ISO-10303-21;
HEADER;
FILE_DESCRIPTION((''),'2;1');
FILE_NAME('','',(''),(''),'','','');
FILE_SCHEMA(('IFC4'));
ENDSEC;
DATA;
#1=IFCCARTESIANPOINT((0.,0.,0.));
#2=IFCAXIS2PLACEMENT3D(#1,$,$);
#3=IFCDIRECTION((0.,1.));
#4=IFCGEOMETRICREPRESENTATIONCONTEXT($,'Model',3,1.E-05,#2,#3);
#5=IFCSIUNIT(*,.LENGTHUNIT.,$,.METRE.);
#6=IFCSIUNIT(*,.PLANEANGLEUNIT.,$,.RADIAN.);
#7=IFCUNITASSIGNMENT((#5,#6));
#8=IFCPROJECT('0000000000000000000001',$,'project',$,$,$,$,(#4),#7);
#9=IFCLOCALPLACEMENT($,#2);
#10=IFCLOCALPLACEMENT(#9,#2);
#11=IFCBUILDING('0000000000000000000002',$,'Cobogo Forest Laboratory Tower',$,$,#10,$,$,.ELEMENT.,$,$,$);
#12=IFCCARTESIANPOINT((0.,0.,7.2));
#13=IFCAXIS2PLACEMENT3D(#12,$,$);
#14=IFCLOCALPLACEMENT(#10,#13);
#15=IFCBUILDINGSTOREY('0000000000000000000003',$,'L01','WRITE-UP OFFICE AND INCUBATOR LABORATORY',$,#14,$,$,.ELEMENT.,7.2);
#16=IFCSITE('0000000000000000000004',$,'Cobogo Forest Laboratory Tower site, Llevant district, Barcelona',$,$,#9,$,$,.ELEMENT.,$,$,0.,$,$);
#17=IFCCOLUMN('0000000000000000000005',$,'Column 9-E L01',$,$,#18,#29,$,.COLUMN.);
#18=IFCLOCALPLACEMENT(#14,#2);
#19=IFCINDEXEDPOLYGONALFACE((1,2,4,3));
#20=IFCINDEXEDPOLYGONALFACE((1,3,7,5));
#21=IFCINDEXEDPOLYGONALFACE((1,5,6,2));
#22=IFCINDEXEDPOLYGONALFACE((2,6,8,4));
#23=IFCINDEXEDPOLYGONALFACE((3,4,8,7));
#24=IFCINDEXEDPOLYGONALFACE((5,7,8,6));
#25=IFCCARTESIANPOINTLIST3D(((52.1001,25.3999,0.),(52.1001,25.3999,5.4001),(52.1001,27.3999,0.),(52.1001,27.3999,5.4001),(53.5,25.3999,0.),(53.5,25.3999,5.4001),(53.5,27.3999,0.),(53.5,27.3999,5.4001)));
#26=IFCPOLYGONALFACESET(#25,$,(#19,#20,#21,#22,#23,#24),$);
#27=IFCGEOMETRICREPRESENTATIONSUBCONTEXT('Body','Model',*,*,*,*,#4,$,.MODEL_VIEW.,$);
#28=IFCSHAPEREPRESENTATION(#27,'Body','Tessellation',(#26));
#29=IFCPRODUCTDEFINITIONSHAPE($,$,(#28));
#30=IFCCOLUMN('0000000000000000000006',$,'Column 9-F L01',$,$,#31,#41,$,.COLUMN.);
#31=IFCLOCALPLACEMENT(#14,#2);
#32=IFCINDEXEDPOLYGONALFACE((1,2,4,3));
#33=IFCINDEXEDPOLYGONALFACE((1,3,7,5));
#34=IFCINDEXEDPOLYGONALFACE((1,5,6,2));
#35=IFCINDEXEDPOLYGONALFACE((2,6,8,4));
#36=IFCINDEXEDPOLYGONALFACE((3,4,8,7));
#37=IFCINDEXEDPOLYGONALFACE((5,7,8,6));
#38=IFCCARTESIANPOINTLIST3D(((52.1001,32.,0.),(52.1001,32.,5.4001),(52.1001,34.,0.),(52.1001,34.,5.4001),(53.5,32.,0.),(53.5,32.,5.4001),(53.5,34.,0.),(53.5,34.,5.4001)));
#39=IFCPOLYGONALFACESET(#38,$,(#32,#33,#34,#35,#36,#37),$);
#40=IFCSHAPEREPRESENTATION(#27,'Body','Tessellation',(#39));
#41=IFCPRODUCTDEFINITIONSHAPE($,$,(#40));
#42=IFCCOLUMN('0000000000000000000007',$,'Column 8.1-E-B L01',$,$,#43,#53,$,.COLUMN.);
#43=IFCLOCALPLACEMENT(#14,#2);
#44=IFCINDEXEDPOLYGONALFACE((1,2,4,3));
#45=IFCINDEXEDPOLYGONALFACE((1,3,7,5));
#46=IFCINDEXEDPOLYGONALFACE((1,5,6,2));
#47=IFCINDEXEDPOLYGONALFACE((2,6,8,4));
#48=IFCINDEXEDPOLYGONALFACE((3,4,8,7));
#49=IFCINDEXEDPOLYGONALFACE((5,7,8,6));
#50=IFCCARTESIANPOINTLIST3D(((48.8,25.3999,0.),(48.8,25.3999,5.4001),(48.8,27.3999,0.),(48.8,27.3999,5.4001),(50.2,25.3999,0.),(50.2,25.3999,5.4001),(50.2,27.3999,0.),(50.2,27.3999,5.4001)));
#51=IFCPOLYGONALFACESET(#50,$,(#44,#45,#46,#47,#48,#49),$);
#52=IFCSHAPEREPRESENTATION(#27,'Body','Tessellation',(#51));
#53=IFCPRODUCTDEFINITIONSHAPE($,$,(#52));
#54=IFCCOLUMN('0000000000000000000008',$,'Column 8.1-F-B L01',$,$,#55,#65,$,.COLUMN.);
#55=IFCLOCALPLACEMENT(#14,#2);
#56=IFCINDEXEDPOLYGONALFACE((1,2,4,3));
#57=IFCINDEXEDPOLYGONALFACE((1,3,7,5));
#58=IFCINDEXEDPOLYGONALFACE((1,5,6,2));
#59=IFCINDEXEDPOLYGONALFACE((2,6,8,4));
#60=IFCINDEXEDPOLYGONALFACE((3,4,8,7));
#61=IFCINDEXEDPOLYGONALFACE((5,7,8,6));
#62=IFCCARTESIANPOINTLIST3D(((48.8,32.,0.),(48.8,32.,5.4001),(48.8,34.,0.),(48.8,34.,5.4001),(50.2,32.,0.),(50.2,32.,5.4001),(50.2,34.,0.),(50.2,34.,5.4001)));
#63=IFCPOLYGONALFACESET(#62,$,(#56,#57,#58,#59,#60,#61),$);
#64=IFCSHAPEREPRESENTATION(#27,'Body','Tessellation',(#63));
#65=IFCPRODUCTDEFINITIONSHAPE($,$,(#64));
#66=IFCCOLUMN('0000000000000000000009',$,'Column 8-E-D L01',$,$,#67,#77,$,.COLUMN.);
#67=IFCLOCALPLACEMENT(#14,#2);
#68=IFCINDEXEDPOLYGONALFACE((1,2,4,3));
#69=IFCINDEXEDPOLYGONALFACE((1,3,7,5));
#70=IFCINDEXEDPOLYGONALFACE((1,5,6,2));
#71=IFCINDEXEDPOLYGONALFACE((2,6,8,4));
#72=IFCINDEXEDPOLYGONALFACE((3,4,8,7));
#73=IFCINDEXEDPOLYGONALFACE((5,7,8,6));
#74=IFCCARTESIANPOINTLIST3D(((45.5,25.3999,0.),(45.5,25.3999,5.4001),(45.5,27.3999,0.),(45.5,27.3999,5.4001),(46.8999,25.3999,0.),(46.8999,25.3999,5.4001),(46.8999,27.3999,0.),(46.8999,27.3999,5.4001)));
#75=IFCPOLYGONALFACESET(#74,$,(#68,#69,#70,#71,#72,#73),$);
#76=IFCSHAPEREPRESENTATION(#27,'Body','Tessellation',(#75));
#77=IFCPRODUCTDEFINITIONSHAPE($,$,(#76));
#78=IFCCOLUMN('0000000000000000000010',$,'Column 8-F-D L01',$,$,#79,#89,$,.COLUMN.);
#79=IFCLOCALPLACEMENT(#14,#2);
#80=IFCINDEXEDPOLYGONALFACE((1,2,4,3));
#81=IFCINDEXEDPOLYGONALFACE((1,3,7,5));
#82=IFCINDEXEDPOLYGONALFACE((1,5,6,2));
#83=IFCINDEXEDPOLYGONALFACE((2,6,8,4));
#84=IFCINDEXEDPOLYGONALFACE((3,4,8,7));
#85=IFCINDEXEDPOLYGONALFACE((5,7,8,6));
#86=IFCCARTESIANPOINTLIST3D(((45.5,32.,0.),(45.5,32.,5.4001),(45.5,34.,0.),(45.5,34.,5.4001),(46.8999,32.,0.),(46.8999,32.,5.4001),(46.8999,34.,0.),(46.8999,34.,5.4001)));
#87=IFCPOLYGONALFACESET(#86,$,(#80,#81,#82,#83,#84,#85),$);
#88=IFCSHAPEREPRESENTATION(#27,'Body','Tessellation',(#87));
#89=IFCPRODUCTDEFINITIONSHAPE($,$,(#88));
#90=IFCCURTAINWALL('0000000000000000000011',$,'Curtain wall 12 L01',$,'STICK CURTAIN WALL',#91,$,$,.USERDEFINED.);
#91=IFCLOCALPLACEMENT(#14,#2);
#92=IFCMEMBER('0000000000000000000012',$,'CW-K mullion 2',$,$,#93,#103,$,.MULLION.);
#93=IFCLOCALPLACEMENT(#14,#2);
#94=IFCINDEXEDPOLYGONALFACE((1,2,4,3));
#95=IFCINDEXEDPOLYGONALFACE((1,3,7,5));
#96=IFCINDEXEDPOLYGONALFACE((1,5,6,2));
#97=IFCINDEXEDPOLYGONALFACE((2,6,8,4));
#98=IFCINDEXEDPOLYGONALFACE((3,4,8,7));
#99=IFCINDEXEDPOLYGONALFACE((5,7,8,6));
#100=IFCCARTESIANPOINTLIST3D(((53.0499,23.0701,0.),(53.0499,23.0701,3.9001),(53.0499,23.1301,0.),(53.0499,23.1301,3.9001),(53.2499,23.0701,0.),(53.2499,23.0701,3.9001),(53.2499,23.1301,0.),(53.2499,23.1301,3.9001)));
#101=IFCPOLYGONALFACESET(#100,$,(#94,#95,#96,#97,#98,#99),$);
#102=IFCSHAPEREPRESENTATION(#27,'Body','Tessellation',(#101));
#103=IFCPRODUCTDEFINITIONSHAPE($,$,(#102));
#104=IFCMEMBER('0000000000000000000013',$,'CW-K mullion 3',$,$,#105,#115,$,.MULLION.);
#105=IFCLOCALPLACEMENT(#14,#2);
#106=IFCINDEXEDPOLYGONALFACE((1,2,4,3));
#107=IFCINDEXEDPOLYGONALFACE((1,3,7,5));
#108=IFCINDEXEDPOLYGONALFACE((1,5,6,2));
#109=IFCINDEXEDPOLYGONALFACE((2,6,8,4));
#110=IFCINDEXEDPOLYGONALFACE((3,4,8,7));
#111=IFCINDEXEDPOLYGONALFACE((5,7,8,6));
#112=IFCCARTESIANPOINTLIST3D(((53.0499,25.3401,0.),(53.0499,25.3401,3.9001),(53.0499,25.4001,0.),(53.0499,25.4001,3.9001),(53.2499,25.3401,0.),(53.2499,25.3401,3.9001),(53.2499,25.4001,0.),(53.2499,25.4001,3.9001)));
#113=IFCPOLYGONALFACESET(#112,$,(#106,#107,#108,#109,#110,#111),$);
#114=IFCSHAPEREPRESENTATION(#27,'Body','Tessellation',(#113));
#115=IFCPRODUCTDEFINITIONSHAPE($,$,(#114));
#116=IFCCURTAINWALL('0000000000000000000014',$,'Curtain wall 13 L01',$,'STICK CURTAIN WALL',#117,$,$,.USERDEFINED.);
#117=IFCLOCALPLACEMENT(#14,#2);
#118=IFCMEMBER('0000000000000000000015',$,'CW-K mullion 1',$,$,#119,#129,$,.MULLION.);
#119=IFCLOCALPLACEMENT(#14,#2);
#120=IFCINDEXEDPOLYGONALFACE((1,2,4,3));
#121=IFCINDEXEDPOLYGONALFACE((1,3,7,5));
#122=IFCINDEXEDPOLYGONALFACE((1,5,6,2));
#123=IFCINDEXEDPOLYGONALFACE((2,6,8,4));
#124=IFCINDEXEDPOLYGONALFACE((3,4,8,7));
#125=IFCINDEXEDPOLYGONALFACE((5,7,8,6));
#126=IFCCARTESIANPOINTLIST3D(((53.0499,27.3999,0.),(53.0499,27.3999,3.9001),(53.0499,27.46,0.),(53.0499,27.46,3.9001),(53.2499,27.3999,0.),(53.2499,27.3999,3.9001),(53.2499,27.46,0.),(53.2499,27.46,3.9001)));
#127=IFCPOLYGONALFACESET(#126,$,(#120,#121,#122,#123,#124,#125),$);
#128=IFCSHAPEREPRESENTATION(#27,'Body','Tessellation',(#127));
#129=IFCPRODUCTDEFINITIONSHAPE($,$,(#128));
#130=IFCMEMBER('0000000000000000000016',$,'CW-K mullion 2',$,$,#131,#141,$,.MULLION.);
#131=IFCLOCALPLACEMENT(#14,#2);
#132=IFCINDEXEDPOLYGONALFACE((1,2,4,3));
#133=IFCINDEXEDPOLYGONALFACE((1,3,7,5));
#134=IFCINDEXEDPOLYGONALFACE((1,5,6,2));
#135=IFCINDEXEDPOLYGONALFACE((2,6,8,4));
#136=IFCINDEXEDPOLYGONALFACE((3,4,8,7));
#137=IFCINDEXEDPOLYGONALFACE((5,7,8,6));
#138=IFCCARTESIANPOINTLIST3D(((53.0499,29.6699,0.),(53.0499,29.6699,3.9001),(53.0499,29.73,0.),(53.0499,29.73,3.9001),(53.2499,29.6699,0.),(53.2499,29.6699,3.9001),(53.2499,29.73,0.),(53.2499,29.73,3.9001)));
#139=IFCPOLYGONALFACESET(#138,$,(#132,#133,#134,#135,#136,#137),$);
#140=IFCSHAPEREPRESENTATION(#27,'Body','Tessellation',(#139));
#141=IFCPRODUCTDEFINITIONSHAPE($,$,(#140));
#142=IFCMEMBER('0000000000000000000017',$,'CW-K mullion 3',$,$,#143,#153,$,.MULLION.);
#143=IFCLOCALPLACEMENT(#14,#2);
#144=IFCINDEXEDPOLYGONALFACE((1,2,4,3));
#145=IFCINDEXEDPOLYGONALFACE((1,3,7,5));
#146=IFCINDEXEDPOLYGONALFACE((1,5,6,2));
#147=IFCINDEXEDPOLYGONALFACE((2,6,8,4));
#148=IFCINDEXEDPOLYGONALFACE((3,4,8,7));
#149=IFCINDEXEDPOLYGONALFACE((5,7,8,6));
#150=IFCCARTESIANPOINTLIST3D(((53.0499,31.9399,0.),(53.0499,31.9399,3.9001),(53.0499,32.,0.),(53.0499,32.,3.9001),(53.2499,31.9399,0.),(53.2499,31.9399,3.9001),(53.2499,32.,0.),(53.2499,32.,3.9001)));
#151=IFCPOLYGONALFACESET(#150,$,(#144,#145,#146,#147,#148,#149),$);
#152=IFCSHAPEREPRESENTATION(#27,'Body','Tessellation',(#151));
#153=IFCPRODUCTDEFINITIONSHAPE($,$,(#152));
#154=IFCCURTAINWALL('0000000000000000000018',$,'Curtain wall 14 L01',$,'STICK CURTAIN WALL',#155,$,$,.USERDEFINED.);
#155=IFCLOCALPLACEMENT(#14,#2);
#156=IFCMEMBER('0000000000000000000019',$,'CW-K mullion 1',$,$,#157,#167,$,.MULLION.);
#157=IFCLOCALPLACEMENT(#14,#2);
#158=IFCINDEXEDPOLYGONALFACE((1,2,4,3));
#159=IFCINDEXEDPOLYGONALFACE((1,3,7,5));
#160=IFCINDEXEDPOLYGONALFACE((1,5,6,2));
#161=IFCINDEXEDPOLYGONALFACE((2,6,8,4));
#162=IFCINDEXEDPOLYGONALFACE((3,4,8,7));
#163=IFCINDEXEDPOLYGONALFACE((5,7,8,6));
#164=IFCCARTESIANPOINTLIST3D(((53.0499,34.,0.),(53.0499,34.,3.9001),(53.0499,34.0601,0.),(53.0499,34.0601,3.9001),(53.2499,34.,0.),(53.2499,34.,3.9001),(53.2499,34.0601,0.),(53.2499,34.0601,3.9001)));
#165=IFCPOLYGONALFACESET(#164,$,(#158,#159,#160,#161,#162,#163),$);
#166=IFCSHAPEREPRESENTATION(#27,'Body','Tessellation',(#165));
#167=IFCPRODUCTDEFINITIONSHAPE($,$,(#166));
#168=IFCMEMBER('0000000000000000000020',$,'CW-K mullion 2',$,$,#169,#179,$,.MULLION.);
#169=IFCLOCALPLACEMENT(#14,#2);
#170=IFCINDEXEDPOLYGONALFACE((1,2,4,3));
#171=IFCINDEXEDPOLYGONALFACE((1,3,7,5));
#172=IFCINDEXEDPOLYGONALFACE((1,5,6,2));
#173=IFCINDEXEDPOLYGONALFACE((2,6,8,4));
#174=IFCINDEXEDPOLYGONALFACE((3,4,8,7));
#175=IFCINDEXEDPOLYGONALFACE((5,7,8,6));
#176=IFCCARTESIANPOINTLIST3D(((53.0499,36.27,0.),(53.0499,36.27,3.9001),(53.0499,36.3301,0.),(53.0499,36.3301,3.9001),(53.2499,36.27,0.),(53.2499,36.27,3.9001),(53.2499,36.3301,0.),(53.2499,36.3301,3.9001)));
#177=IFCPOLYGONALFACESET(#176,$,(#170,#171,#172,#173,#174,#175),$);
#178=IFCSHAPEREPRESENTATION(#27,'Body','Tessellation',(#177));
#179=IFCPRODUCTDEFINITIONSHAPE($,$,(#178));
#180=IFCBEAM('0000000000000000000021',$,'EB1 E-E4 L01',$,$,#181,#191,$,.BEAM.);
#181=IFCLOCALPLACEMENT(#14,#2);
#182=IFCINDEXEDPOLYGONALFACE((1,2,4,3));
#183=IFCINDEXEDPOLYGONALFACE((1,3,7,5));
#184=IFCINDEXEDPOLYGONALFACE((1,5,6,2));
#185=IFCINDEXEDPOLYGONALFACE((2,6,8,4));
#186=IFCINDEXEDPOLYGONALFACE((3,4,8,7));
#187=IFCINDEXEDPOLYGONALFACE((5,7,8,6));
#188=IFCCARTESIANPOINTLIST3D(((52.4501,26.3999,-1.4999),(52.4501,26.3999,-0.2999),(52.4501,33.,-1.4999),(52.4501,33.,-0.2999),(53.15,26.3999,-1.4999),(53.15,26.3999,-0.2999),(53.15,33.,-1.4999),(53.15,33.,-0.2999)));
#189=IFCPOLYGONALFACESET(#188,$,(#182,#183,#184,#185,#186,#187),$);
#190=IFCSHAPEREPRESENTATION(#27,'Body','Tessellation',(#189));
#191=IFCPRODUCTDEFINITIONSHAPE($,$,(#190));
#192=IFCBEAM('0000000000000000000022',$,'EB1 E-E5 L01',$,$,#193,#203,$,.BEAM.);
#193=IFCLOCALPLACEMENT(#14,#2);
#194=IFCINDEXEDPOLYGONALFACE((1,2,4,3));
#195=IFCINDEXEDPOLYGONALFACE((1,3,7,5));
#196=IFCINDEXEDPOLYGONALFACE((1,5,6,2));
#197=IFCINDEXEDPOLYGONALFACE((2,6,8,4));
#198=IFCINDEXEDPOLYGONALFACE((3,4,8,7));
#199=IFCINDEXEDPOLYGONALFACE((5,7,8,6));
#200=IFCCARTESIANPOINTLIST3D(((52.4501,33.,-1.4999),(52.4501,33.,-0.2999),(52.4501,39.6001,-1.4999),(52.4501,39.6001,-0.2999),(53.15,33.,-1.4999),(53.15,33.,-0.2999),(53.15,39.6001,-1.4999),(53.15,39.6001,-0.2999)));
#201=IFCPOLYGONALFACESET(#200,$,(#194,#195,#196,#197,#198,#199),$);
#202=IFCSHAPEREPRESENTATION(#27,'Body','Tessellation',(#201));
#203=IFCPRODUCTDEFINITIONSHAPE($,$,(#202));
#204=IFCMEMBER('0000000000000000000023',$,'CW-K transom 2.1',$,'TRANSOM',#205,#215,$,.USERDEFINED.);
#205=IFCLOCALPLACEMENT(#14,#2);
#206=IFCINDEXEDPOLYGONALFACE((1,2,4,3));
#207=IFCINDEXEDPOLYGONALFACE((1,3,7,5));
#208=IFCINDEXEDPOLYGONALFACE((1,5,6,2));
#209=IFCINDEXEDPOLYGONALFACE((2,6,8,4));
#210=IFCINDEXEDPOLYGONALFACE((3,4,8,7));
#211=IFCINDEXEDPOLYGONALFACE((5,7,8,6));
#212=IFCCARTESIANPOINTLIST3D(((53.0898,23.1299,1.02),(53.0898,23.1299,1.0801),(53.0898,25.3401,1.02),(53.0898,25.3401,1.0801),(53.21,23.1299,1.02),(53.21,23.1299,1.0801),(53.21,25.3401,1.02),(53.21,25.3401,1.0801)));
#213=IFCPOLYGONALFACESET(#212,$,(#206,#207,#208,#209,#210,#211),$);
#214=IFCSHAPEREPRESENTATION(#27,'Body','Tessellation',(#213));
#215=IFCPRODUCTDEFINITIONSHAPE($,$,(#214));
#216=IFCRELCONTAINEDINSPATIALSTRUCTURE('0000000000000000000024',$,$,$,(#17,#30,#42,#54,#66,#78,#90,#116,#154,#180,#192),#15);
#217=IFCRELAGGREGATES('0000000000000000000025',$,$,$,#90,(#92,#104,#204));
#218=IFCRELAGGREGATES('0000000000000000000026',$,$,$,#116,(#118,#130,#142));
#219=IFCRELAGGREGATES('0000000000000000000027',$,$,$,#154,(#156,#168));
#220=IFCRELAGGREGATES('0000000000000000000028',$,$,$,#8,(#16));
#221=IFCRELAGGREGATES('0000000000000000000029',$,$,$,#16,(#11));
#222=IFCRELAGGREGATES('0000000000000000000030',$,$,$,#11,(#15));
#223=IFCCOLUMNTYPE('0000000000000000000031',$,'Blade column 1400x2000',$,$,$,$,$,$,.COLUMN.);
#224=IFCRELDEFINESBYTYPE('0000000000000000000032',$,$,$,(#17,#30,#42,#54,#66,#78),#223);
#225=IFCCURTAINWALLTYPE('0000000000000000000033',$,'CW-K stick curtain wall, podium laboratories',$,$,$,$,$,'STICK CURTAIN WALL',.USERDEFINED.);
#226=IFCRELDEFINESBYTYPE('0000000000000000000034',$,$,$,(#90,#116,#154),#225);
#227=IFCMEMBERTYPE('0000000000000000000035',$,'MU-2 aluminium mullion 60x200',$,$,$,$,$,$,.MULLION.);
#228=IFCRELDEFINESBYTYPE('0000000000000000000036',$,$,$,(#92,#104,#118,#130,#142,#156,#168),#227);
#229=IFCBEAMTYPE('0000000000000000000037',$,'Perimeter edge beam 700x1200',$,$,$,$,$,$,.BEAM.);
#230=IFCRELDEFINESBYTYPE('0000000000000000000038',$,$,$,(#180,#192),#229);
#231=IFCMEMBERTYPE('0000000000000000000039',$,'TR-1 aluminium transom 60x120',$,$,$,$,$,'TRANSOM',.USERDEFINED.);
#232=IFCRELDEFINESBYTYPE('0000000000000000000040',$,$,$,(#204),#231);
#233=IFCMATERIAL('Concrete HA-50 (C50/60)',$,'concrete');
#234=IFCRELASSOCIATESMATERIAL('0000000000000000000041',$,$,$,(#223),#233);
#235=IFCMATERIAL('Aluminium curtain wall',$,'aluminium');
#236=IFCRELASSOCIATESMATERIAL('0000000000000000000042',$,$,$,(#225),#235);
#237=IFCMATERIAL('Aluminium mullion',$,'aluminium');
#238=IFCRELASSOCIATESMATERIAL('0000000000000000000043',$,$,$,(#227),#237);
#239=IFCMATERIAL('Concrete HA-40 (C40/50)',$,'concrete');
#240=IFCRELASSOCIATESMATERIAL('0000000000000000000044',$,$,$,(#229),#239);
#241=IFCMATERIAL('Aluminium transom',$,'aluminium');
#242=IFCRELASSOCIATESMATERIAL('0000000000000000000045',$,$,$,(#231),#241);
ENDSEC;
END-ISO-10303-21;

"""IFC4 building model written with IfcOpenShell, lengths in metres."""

from ifc_helpers import new_model, si_unit, direction, frame, origin, origin_2d, place, context, subcontext, project, spatial, rectangle, extrude, material, material_profile, profile_set, type_object, element, aggregate, save


model = new_model("IFC4")

# Units and contexts
model_context = context("Model", 3, precision=1e-05, world=origin(), true_north=direction((0.0, 1.0)))
body_context = subcontext(model_context, "Body", "Model", "MODEL_VIEW")
ifc_project = project(units=[si_unit("LENGTHUNIT", "METRE"), si_unit("PLANEANGLEUNIT", "RADIAN")], contexts=[model_context])

# Site, building, storey
site_placement = place(None, origin())
site = spatial("IfcSite", under=ifc_project, at=site_placement, Name="Cobogo Forest Laboratory Tower site, Llevant district, Barcelona", CompositionType="ELEMENT", RefElevation=0.0)
building_placement = place(site_placement, origin())
building = spatial("IfcBuilding", under=site, at=building_placement, Name="Cobogo Forest Laboratory Tower", CompositionType="ELEMENT")
storey_placement = place(building_placement, frame((0.0, 0.0, 7.2)))
storey = spatial("IfcBuildingStorey", under=building, at=storey_placement, Name="L01", Description="WRITE-UP OFFICE AND INCUBATOR LABORATORY", CompositionType="ELEMENT", Elevation=7.2)

# Columns
ifc_material_1 = material(Name="Concrete HA-50 (C50/60)", Category="concrete")
ifc_material_profile_1 = material_profile(ifc_material_1, rectangle(XDim=2.0, YDim=1.3999, at=origin_2d()), Name="RC 1400x2000")
ifc_profile_set_1 = profile_set([ifc_material_profile_1], Name="Concrete HA-50 (C50/60)")
column_type = type_object("IfcColumnType", Name="Blade column 1400x2000", PredefinedType="COLUMN", material=ifc_profile_set_1)
for number, where, z_axis, x_axis, name in (
    (1, (52.8, 26.3999, 0.0), (0.0, 0.0, 1.0), (0.0, 1.0, 0.0), "Column 9-E L01"),
    (2, (52.8, 33.0, 0.0), (0.0, 0.0, 1.0), (0.0, 1.0, 0.0), "Column 9-F L01"),
    (3, (49.5, 26.3999, 0.0), (0.0, 0.0, 1.0), (0.0, 1.0, 0.0), "Column 8.1-E-B L01"),
    (4, (49.5, 33.0, 0.0), (0.0, 0.0, 1.0), (0.0, 1.0, 0.0), "Column 8.1-F-B L01"),
    (5, (46.2, 26.3999, 0.0), (0.0, 0.0, 1.0), (0.0, 1.0, 0.0), "Column 8-E-D L01"),
    (6, (46.2, 33.0, 0.0), (0.0, 0.0, 1.0), (0.0, 1.0, 0.0), "Column 8-F-D L01"),
):
    element("IfcColumn", number, at=place(storey_placement, frame(where, z_axis=z_axis, x_axis=x_axis)), inside=storey, type_object=column_type, Name=name, PredefinedType="COLUMN", context=body_context, shape_type="SweptSolid", body=[
        extrude(rectangle(XDim=2.0, YDim=1.3999, at=origin_2d()), origin(), (0.0, 0.0, 1.0), 5.4001),
    ])

# Curtain walls, members
ifc_material_2 = material(Name="Aluminium curtain wall", Category="aluminium")
curtain_wall_type = type_object("IfcCurtainWallType", Name="CW-K stick curtain wall, podium laboratories", ElementType="STICK CURTAIN WALL", PredefinedType="USERDEFINED", material=ifc_material_2)
curtain_wall_1_placement = place(storey_placement, origin())
curtain_wall_1 = element("IfcCurtainWall", 7, at=curtain_wall_1_placement, inside=storey, type_object=curtain_wall_type, Name="Curtain wall 12 L01", ObjectType="STICK CURTAIN WALL", PredefinedType="USERDEFINED")
ifc_material_3 = material(Name="Aluminium mullion", Category="aluminium")
ifc_material_profile_2 = material_profile(ifc_material_3, rectangle(XDim=0.0601, YDim=0.2, at=origin_2d()), Name="AL 60x200")
ifc_profile_set_2 = profile_set([ifc_material_profile_2], Name="Aluminium mullion")
member_type_1 = type_object("IfcMemberType", Name="MU-2 aluminium mullion 60x200", PredefinedType="MULLION", material=ifc_profile_set_2)
member_1_placement = place(storey_placement, frame((53.1499, 23.1001, 0.0), z_axis=(0.0, 0.0, 1.0), x_axis=(0.0, 1.0, 0.0)))
member_1 = element("IfcMember", 8, at=member_1_placement, type_object=member_type_1, Name="CW-K mullion 2", PredefinedType="MULLION", context=body_context, shape_type="SweptSolid", body=[
    extrude(rectangle(XDim=0.0601, YDim=0.2, at=origin_2d()), origin(), (0.0, 0.0, 1.0), 3.9001),
])
member_2_placement = place(storey_placement, frame((53.1499, 25.3701, 0.0), z_axis=(0.0, 0.0, 1.0), x_axis=(0.0, 1.0, 0.0)))
member_2 = element("IfcMember", 9, at=member_2_placement, type_object=member_type_1, Name="CW-K mullion 3", PredefinedType="MULLION", context=body_context, shape_type="SweptSolid", body=[
    extrude(rectangle(XDim=0.0601, YDim=0.2, at=origin_2d()), origin(), (0.0, 0.0, 1.0), 3.9001),
])
curtain_wall_2_placement = place(storey_placement, origin())
curtain_wall_2 = element("IfcCurtainWall", 10, at=curtain_wall_2_placement, inside=storey, type_object=curtain_wall_type, Name="Curtain wall 13 L01", ObjectType="STICK CURTAIN WALL", PredefinedType="USERDEFINED")
member_3_placement = place(storey_placement, frame((53.1499, 27.4299, 0.0), z_axis=(0.0, 0.0, 1.0), x_axis=(0.0, 1.0, 0.0)))
member_3 = element("IfcMember", 11, at=member_3_placement, type_object=member_type_1, Name="CW-K mullion 1", PredefinedType="MULLION", context=body_context, shape_type="SweptSolid", body=[
    extrude(rectangle(XDim=0.0601, YDim=0.2, at=origin_2d()), origin(), (0.0, 0.0, 1.0), 3.9001),
])
member_4_placement = place(storey_placement, frame((53.1499, 29.7, 0.0), z_axis=(0.0, 0.0, 1.0), x_axis=(0.0, 1.0, 0.0)))
member_4 = element("IfcMember", 12, at=member_4_placement, type_object=member_type_1, Name="CW-K mullion 2", PredefinedType="MULLION", context=body_context, shape_type="SweptSolid", body=[
    extrude(rectangle(XDim=0.0601, YDim=0.2, at=origin_2d()), origin(), (0.0, 0.0, 1.0), 3.9001),
])
member_5_placement = place(storey_placement, frame((53.1499, 31.97, 0.0), z_axis=(0.0, 0.0, 1.0), x_axis=(0.0, 1.0, 0.0)))
member_5 = element("IfcMember", 13, at=member_5_placement, type_object=member_type_1, Name="CW-K mullion 3", PredefinedType="MULLION", context=body_context, shape_type="SweptSolid", body=[
    extrude(rectangle(XDim=0.0601, YDim=0.2, at=origin_2d()), origin(), (0.0, 0.0, 1.0), 3.9001),
])
curtain_wall_3_placement = place(storey_placement, origin())
curtain_wall_3 = element("IfcCurtainWall", 14, at=curtain_wall_3_placement, inside=storey, type_object=curtain_wall_type, Name="Curtain wall 14 L01", ObjectType="STICK CURTAIN WALL", PredefinedType="USERDEFINED")
member_6_placement = place(storey_placement, frame((53.1499, 34.03, 0.0), z_axis=(0.0, 0.0, 1.0), x_axis=(0.0, 1.0, 0.0)))
member_6 = element("IfcMember", 15, at=member_6_placement, type_object=member_type_1, Name="CW-K mullion 1", PredefinedType="MULLION", context=body_context, shape_type="SweptSolid", body=[
    extrude(rectangle(XDim=0.0601, YDim=0.2, at=origin_2d()), origin(), (0.0, 0.0, 1.0), 3.9001),
])
member_7_placement = place(storey_placement, frame((53.1499, 36.3, 0.0), z_axis=(0.0, 0.0, 1.0), x_axis=(0.0, 1.0, 0.0)))
member_7 = element("IfcMember", 16, at=member_7_placement, type_object=member_type_1, Name="CW-K mullion 2", PredefinedType="MULLION", context=body_context, shape_type="SweptSolid", body=[
    extrude(rectangle(XDim=0.0601, YDim=0.2, at=origin_2d()), origin(), (0.0, 0.0, 1.0), 3.9001),
])

# Beams
ifc_material_4 = material(Name="Concrete HA-40 (C40/50)", Category="concrete")
ifc_material_profile_3 = material_profile(ifc_material_4, rectangle(XDim=0.7, YDim=1.2, at=origin_2d()), Name="RC 700x1200")
ifc_profile_set_3 = profile_set([ifc_material_profile_3], Name="Concrete HA-40 (C40/50)")
beam_type = type_object("IfcBeamType", Name="Perimeter edge beam 700x1200", PredefinedType="BEAM", material=ifc_profile_set_3)
for number, where, z_axis, x_axis, name in (
    (17, (52.8, 26.3999, -0.8999), (0.0, 1.0, 0.0), (-1.0, 0.0, 0.0), "EB1 E-E4 L01"),
    (18, (52.8, 33.0, -0.8999), (0.0, 1.0, 0.0), (-1.0, 0.0, 0.0), "EB1 E-E5 L01"),
):
    element("IfcBeam", number, at=place(storey_placement, frame(where, z_axis=z_axis, x_axis=x_axis)), inside=storey, type_object=beam_type, Name=name, PredefinedType="BEAM", context=body_context, shape_type="SweptSolid", body=[
        extrude(rectangle(XDim=0.7, YDim=1.2, at=origin_2d()), origin(), (0.0, 0.0, 1.0), 6.6001),
    ])

# Member
ifc_material_5 = material(Name="Aluminium transom", Category="aluminium")
ifc_material_profile_4 = material_profile(ifc_material_5, rectangle(XDim=0.1201, YDim=0.0601, at=origin_2d()), Name="AL 60x120")
ifc_profile_set_4 = profile_set([ifc_material_profile_4], Name="Aluminium transom")
member_type_2 = type_object("IfcMemberType", Name="TR-1 aluminium transom 60x120", ElementType="TRANSOM", PredefinedType="USERDEFINED", material=ifc_profile_set_4)
member_8_placement = place(storey_placement, frame((53.1499, 23.1299, 1.05), z_axis=(0.0, 1.0, 0.0), x_axis=(-1.0, 0.0, 0.0)))
member_8 = element("IfcMember", 19, at=member_8_placement, type_object=member_type_2, Name="CW-K transom 2.1", ObjectType="TRANSOM", PredefinedType="USERDEFINED", context=body_context, shape_type="SweptSolid", body=[
    extrude(rectangle(XDim=0.1201, YDim=0.0601, at=origin_2d()), origin(), (0.0, 0.0, 1.0), 2.2102),
])

aggregate(curtain_wall_1, [member_1, member_2, member_8])
aggregate(curtain_wall_2, [member_3, member_4, member_5])
aggregate(curtain_wall_3, [member_6, member_7])

save(model, "model.ifc")
